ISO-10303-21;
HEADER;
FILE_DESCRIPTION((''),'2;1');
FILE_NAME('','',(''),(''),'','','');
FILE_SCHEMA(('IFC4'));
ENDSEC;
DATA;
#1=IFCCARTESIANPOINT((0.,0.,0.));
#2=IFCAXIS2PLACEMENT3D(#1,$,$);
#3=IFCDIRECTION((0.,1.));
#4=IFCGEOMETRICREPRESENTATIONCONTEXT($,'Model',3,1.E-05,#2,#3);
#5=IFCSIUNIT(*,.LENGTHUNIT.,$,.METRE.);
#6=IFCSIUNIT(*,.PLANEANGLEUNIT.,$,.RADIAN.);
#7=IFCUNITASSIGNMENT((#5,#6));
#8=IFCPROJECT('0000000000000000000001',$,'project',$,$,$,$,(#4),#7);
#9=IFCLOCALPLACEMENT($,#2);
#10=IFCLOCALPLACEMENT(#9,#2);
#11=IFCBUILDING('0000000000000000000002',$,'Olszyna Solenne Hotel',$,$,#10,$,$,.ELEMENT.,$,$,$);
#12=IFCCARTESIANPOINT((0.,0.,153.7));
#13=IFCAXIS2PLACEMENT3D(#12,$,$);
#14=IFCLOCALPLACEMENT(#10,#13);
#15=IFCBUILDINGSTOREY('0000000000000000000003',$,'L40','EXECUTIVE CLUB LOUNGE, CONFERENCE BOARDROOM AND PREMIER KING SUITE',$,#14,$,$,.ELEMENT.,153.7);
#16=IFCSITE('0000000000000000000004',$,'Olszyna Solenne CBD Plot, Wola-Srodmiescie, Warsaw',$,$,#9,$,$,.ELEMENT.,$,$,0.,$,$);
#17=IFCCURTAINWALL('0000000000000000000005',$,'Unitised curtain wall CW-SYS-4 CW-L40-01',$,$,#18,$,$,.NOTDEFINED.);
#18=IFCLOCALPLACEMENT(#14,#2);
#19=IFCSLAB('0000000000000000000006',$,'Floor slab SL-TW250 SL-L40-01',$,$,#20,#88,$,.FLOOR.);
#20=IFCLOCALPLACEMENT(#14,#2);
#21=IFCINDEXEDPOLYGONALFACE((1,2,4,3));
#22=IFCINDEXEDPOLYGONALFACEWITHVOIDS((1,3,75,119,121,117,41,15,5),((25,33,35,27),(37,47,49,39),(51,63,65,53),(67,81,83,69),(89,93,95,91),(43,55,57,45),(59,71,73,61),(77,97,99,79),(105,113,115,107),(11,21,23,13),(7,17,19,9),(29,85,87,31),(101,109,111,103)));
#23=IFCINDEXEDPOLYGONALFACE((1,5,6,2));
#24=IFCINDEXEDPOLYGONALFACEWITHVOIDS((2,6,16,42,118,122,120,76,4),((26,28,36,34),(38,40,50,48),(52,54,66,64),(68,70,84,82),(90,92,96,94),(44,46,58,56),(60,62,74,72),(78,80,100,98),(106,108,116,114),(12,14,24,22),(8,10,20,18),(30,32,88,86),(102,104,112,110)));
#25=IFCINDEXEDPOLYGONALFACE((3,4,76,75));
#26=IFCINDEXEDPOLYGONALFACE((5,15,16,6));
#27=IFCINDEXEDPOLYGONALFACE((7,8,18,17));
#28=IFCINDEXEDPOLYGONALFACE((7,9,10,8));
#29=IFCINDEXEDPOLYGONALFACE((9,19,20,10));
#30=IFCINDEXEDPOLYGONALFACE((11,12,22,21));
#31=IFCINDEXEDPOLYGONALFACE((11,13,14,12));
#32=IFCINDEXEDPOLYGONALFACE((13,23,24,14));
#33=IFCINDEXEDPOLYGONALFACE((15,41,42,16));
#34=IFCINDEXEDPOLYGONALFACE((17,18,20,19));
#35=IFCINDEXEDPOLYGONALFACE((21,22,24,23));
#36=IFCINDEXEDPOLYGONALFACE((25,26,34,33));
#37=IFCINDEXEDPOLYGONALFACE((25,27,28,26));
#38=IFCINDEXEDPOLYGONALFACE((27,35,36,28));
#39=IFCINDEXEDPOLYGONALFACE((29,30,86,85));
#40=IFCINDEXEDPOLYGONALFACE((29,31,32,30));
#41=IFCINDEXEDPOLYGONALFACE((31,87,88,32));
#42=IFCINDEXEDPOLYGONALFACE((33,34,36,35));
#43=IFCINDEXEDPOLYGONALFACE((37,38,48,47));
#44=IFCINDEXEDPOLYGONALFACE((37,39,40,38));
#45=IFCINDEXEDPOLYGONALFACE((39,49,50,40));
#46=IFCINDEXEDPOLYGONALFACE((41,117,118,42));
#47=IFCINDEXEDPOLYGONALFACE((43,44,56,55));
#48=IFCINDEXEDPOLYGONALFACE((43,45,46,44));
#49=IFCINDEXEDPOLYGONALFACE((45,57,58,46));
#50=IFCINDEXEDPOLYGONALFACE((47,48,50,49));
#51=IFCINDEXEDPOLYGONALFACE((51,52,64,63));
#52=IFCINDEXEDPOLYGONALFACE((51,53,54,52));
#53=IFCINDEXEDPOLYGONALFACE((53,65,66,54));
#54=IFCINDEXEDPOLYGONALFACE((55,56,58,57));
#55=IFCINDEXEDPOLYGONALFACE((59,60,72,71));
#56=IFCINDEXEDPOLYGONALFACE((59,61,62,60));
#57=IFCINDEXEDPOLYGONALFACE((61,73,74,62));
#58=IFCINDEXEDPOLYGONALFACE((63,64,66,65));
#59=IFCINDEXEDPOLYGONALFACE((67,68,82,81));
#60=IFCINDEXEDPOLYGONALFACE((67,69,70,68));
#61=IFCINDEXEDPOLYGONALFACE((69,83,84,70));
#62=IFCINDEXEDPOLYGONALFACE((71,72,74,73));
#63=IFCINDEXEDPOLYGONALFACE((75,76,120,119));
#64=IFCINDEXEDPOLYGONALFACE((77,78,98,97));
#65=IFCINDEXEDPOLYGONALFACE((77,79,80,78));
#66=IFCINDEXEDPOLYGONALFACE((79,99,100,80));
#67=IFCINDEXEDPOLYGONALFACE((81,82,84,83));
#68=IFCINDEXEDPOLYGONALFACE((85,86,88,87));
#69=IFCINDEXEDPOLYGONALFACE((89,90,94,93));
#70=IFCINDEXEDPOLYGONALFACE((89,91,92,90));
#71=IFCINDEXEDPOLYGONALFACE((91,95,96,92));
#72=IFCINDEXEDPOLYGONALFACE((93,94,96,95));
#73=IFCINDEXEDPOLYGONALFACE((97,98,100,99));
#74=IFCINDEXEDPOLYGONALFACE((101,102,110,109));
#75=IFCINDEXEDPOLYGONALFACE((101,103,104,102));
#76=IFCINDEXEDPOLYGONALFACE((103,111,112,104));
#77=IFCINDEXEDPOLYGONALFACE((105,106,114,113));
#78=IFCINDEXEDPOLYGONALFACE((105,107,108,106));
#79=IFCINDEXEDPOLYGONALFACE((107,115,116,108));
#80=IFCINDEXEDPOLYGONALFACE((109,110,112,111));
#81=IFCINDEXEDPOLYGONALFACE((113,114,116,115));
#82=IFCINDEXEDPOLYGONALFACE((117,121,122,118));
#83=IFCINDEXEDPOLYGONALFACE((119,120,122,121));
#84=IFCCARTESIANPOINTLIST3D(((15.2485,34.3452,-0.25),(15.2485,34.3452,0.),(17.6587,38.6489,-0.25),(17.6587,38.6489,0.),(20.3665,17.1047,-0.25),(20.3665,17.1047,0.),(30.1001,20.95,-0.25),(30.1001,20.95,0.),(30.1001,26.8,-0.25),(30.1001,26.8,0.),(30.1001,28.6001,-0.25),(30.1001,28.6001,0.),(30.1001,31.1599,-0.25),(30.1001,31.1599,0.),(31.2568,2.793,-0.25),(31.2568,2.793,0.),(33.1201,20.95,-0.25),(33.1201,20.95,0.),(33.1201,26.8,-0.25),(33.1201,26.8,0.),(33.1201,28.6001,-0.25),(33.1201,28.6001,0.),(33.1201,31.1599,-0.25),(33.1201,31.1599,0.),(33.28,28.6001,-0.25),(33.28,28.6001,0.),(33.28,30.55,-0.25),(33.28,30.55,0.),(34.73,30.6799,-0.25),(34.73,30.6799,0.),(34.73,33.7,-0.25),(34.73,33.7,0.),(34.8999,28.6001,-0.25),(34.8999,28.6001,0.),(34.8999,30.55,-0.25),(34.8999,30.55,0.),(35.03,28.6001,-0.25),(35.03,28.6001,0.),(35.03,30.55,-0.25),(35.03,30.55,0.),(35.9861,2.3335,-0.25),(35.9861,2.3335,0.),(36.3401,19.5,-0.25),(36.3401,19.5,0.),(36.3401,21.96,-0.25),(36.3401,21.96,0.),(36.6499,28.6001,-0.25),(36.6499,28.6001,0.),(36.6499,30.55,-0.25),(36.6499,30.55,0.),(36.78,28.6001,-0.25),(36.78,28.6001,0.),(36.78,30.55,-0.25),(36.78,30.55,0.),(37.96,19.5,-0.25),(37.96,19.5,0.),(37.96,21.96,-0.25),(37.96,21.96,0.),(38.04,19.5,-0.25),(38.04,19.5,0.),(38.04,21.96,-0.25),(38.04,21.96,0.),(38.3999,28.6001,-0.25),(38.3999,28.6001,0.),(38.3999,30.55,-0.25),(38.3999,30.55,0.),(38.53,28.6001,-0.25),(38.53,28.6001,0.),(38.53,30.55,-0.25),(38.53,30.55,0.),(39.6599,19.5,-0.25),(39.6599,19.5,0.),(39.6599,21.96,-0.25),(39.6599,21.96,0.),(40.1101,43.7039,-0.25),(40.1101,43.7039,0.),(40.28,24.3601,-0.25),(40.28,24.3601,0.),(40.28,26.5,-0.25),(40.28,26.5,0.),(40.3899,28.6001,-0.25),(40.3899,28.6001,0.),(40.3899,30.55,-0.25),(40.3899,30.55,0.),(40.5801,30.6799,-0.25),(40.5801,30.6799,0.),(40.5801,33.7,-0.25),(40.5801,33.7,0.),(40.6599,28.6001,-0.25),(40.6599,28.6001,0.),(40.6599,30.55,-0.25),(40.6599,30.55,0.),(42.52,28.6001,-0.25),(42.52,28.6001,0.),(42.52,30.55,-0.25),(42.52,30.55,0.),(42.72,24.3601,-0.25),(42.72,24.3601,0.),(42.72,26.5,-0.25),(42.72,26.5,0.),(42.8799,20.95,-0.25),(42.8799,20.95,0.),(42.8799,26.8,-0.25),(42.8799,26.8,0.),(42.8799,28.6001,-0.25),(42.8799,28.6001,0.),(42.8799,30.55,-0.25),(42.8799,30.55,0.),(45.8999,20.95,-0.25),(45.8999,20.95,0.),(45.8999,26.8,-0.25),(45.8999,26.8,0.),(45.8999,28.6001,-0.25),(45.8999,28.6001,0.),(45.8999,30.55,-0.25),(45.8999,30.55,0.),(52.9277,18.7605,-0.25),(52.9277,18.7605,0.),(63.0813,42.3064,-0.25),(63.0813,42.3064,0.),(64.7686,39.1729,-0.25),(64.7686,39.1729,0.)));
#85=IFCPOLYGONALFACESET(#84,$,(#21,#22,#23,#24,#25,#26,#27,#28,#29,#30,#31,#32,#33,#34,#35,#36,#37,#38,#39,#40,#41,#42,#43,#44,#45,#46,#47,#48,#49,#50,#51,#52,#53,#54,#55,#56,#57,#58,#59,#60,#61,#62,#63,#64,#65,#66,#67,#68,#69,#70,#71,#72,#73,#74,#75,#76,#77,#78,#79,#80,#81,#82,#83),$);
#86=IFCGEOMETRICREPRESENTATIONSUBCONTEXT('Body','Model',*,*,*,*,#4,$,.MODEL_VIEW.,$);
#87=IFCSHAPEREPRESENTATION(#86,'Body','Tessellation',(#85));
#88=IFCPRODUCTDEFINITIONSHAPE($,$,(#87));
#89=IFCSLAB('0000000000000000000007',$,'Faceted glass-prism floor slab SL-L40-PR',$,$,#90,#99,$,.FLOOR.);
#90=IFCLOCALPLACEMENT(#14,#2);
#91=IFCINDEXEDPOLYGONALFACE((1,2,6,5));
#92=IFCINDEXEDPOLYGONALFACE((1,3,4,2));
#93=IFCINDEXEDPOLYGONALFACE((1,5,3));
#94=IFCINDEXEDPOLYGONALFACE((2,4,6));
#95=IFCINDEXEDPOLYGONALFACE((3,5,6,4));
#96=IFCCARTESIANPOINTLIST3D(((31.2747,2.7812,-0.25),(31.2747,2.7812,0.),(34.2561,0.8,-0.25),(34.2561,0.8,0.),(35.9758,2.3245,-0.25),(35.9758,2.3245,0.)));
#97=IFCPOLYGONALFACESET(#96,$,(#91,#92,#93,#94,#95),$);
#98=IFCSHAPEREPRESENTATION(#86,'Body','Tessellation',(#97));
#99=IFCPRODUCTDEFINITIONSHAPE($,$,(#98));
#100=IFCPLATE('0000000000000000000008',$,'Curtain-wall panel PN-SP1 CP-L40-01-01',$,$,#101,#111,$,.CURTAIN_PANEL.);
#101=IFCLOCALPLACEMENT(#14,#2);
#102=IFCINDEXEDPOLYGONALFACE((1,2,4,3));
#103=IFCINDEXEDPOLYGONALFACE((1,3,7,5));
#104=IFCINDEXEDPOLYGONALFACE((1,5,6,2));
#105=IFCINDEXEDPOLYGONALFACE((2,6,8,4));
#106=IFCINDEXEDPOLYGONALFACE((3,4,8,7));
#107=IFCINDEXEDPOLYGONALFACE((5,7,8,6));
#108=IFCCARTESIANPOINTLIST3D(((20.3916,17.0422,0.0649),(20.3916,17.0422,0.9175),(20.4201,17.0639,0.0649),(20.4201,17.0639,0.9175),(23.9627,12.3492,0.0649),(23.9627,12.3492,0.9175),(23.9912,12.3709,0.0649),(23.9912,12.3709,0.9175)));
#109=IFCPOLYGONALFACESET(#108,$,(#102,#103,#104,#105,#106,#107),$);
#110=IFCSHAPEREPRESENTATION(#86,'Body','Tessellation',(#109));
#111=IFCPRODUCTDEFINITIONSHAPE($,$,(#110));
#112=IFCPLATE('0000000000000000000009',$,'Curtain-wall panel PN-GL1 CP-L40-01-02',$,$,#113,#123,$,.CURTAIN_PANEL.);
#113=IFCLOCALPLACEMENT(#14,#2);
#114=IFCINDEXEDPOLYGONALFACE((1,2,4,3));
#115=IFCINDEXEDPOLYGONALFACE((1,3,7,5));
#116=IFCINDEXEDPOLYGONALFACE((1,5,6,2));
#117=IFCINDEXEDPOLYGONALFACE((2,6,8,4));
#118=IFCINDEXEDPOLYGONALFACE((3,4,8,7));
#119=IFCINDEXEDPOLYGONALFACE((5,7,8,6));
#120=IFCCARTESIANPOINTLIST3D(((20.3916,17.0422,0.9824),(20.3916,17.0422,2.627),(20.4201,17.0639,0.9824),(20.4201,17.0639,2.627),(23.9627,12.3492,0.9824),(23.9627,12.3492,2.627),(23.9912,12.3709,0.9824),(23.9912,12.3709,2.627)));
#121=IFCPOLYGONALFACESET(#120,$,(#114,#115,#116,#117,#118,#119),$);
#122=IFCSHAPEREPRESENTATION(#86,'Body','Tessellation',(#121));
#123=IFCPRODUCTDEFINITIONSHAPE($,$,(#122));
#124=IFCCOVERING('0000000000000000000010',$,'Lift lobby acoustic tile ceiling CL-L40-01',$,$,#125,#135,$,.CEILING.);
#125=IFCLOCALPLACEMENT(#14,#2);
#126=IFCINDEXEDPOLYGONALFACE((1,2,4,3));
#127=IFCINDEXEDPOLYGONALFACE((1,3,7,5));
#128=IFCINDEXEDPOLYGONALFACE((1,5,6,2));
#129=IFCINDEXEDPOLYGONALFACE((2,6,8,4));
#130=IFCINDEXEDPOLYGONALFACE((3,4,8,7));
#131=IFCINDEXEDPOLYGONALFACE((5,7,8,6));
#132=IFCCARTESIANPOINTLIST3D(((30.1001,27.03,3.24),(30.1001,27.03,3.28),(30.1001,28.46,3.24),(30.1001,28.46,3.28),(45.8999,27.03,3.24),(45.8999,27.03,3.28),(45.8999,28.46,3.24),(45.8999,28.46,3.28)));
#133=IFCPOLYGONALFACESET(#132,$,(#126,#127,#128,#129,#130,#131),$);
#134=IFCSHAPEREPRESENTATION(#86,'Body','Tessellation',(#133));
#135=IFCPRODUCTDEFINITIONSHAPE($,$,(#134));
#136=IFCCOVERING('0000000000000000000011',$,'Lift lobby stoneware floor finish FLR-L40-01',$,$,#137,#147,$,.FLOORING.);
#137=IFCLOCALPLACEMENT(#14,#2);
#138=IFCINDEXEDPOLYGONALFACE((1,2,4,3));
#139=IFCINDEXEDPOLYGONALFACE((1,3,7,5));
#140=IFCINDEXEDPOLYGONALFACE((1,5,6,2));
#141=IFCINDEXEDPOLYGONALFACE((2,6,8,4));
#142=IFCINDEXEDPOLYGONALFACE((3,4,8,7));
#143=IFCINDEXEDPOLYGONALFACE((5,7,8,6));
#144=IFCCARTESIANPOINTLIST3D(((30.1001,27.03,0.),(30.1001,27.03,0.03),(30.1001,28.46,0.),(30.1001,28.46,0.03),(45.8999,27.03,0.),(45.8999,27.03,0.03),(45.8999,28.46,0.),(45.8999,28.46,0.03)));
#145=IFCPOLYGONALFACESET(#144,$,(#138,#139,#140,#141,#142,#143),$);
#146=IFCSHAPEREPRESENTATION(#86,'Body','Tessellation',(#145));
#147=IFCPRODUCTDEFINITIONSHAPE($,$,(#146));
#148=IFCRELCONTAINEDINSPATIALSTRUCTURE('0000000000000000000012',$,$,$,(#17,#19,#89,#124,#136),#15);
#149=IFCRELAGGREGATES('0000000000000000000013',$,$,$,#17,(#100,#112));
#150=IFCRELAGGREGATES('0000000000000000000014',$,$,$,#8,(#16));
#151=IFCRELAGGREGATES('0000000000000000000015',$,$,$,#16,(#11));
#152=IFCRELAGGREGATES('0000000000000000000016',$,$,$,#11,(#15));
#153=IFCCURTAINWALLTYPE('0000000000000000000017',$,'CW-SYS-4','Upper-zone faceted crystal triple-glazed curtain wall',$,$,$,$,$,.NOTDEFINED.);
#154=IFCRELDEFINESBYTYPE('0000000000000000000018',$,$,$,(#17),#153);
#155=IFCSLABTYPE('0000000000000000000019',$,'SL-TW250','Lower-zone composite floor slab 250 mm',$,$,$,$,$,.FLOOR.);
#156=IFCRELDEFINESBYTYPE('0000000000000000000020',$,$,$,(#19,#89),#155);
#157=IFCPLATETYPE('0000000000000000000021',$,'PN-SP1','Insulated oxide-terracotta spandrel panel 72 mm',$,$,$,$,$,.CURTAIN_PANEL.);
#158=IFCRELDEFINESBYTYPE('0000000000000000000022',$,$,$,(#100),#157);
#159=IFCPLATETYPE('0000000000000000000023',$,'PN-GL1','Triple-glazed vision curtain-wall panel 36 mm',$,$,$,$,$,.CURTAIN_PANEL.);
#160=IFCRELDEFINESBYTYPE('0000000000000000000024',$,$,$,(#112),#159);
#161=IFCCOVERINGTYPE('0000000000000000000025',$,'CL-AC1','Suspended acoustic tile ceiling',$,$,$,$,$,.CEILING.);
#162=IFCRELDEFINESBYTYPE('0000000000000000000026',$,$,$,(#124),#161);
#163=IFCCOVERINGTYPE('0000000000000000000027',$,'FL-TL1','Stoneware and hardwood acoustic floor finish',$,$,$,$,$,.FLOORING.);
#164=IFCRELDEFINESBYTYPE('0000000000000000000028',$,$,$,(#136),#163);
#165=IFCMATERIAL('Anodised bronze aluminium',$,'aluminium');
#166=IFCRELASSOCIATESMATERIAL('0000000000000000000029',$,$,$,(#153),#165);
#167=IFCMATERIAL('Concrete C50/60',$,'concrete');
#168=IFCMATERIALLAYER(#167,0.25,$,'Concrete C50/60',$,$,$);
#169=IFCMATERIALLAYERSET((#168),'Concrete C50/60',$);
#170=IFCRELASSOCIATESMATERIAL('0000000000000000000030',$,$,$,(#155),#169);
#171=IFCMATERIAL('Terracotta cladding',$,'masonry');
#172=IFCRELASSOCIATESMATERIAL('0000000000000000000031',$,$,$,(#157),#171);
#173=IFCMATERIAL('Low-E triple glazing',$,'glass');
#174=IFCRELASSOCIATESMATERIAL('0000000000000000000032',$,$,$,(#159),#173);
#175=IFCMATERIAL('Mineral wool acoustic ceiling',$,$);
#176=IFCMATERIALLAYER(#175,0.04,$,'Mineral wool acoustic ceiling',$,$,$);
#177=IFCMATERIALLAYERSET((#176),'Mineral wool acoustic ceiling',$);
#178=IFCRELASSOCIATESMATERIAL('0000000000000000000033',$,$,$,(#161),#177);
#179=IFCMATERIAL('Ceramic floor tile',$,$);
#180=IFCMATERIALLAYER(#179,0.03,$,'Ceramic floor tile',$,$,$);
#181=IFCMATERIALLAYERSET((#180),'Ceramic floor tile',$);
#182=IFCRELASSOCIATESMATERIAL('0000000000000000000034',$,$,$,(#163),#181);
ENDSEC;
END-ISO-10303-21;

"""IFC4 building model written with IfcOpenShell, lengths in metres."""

from ifc_helpers import new_model, si_unit, direction, frame, origin, origin_2d, place, context, subcontext, project, spatial, polyline, rectangle, outline, extrude, source, transform, mapped, material, layer, layer_set, type_object, element, aggregate, save


model = new_model("IFC4")

# Units and contexts
model_context = context("Model", 3, precision=1e-05, world=origin(), true_north=direction((0.0, 1.0)))
body_context = subcontext(model_context, "Body", "Model", "MODEL_VIEW")
ifc_project = project(units=[si_unit("LENGTHUNIT", "METRE"), si_unit("PLANEANGLEUNIT", "RADIAN")], contexts=[model_context])

# Site, building, storey
site_placement = place(None, origin())
site = spatial("IfcSite", under=ifc_project, at=site_placement, Name="Olszyna Solenne CBD Plot, Wola-Srodmiescie, Warsaw", CompositionType="ELEMENT", RefElevation=0.0)
building_placement = place(site_placement, origin())
building = spatial("IfcBuilding", under=site, at=building_placement, Name="Olszyna Solenne Hotel", CompositionType="ELEMENT")
storey_placement = place(building_placement, frame((0.0, 0.0, 153.7)))
storey = spatial("IfcBuildingStorey", under=building, at=storey_placement, Name="L40", Description="EXECUTIVE CLUB LOUNGE, CONFERENCE BOARDROOM AND PREMIER KING SUITE", CompositionType="ELEMENT", Elevation=153.7)

# Curtain wall
ifc_material_1 = material(Name="Anodised bronze aluminium", Category="aluminium")
curtain_wall_type = type_object("IfcCurtainWallType", Name="CW-SYS-4", Description="Upper-zone faceted crystal triple-glazed curtain wall", PredefinedType="NOTDEFINED", material=ifc_material_1)
curtain_wall_placement = place(storey_placement, origin())
curtain_wall = element("IfcCurtainWall", 1, at=curtain_wall_placement, inside=storey, type_object=curtain_wall_type, Name="Unitised curtain wall CW-SYS-4 CW-L40-01", PredefinedType="NOTDEFINED")

# Slabs
ifc_material_2 = material(Name="Concrete C50/60", Category="concrete")
ifc_layer_1 = layer(ifc_material_2, 0.25, Name="Concrete C50/60")
ifc_layer_set_1 = layer_set([ifc_layer_1], Name="Concrete C50/60")
slab_type_1 = type_object("IfcSlabType", Name="SL-TW250", Description="Lower-zone composite floor slab 250 mm", PredefinedType="FLOOR", material=ifc_layer_set_1)
slab_1_placement = place(storey_placement, frame((0.0, 0.0, -0.25)))
element("IfcSlab", 2, at=slab_1_placement, inside=storey, type_object=slab_type_1, Name="Floor slab SL-TW250 SL-L40-01", PredefinedType="FLOOR", context=body_context, shape_type="SweptSolid", body=[
    extrude(outline(polyline([(64.7686, 39.1729), (63.0813, 42.3064), (40.1101, 43.7039), (17.6587, 38.6489), (15.2485, 34.3452), (20.3665, 17.1047), (31.2568, 2.793), (35.9861, 2.3335), (52.9277, 18.7605), (64.7686, 39.1729)]), holes=[polyline([(30.1001, 20.95), (33.1201, 20.95), (33.1201, 26.8), (30.1001, 26.8), (30.1001, 20.95)]), polyline([(42.8799, 20.95), (45.8999, 20.95), (45.8999, 26.8), (42.8799, 26.8), (42.8799, 20.95)]), polyline([(34.73, 30.6799), (40.5801, 30.6799), (40.5801, 33.7), (34.73, 33.7), (34.73, 30.6799)]), polyline([(36.3401, 19.5), (37.96, 19.5), (37.96, 21.96), (36.3401, 21.96), (36.3401, 19.5)]), polyline([(38.04, 19.5), (39.6599, 19.5), (39.6599, 21.96), (38.04, 21.96), (38.04, 19.5)]), polyline([(30.1001, 28.6001), (33.1201, 28.6001), (33.1201, 31.1599), (30.1001, 31.1599), (30.1001, 28.6001)]), polyline([(40.28, 24.3601), (42.72, 24.3601), (42.72, 26.5), (40.28, 26.5), (40.28, 24.3601)]), polyline([(33.28, 28.6001), (34.8999, 28.6001), (34.8999, 30.55), (33.28, 30.55), (33.28, 28.6001)]), polyline([(35.03, 28.6001), (36.6499, 28.6001), (36.6499, 30.55), (35.03, 30.55), (35.03, 28.6001)]), polyline([(36.78, 28.6001), (38.3999, 28.6001), (38.3999, 30.55), (36.78, 30.55), (36.78, 28.6001)]), polyline([(38.53, 28.6001), (40.3899, 28.6001), (40.3899, 30.55), (38.53, 30.55), (38.53, 28.6001)]), polyline([(40.6599, 28.6001), (42.52, 28.6001), (42.52, 30.55), (40.6599, 30.55), (40.6599, 28.6001)]), polyline([(42.8799, 28.6001), (45.8999, 28.6001), (45.8999, 30.55), (42.8799, 30.55), (42.8799, 28.6001)])]), origin(), (0.0, 0.0, 1.0), 0.25),
])
slab_2_placement = place(storey_placement, frame((0.0, 0.0, -0.25)))
element("IfcSlab", 3, at=slab_2_placement, inside=storey, type_object=slab_type_1, Name="Faceted glass-prism floor slab SL-L40-PR", PredefinedType="FLOOR", context=body_context, shape_type="SweptSolid", body=[
    extrude(outline(polyline([(35.9758, 2.3245), (31.2747, 2.7812), (34.2561, 0.8), (35.9758, 2.3245)])), origin(), (0.0, 0.0, 1.0), 0.25),
])

# Plates
ifc_material_3 = material(Name="Terracotta cladding", Category="masonry")
plate_type_1 = type_object("IfcPlateType", Name="PN-SP1", Description="Insulated oxide-terracotta spandrel panel 72 mm", PredefinedType="CURTAIN_PANEL", material=ifc_material_3)
shared_shape_1 = source(origin(), body_context, "Body", "SweptSolid", [
    extrude(rectangle(XDim=5.8972, YDim=0.0359, at=origin_2d()), origin(), (0.0, 0.0, 1.0), 0.8525),
])
plate_1_placement = place(storey_placement, frame((22.1914, 14.7065, 0.0649), z_axis=(0.0, 0.0, 1.0), x_axis=(0.605559, -0.7958, 0.0)))
plate_1 = element("IfcPlate", 4, at=plate_1_placement, type_object=plate_type_1, Name="Curtain-wall panel PN-SP1 CP-L40-01-01", PredefinedType="CURTAIN_PANEL", context=body_context, shape_type="MappedRepresentation", body=[
    mapped(shared_shape_1, transform((0.0, 0.0, 0.0), x_axis=(1.0, 0.0, 0.0), y_axis=(0.0, 1.0, 0.0), z_axis=(0.0, 0.0, 1.0), scale=1.0)),
])
ifc_material_4 = material(Name="Low-E triple glazing", Category="glass")
plate_type_2 = type_object("IfcPlateType", Name="PN-GL1", Description="Triple-glazed vision curtain-wall panel 36 mm", PredefinedType="CURTAIN_PANEL", material=ifc_material_4)
shared_shape_2 = source(origin(), body_context, "Body", "SweptSolid", [
    extrude(rectangle(XDim=5.8972, YDim=0.0359, at=origin_2d()), origin(), (0.0, 0.0, 1.0), 1.6445),
])
plate_2_placement = place(storey_placement, frame((22.1914, 14.7065, 0.9824), z_axis=(0.0, 0.0, 1.0), x_axis=(0.605559, -0.7958, 0.0)))
plate_2 = element("IfcPlate", 5, at=plate_2_placement, type_object=plate_type_2, Name="Curtain-wall panel PN-GL1 CP-L40-01-02", PredefinedType="CURTAIN_PANEL", context=body_context, shape_type="MappedRepresentation", body=[
    mapped(shared_shape_2, transform((0.0, 0.0, 0.0), x_axis=(1.0, 0.0, 0.0), y_axis=(0.0, 1.0, 0.0), z_axis=(0.0, 0.0, 1.0), scale=1.0)),
])
aggregate(curtain_wall, [plate_1, plate_2])

# Coverings
ifc_material_5 = material(Name="Mineral wool acoustic ceiling")
ifc_layer_2 = layer(ifc_material_5, 0.04, Name="Mineral wool acoustic ceiling")
ifc_layer_set_2 = layer_set([ifc_layer_2], Name="Mineral wool acoustic ceiling")
covering_type_1 = type_object("IfcCoveringType", Name="CL-AC1", Description="Suspended acoustic tile ceiling", PredefinedType="CEILING", material=ifc_layer_set_2)
covering_1_placement = place(storey_placement, frame((0.0, 0.0, 3.24)))
element("IfcCovering", 6, at=covering_1_placement, inside=storey, type_object=covering_type_1, Name="Lift lobby acoustic tile ceiling CL-L40-01", PredefinedType="CEILING", context=body_context, shape_type="SweptSolid", body=[
    extrude(outline(polyline([(30.1001, 27.03), (45.8999, 27.03), (45.8999, 28.46), (30.1001, 28.46), (30.1001, 27.03)])), origin(), (0.0, 0.0, 1.0), 0.04),
])
ifc_material_6 = material(Name="Ceramic floor tile")
ifc_layer_3 = layer(ifc_material_6, 0.03, Name="Ceramic floor tile")
ifc_layer_set_3 = layer_set([ifc_layer_3], Name="Ceramic floor tile")
covering_type_2 = type_object("IfcCoveringType", Name="FL-TL1", Description="Stoneware and hardwood acoustic floor finish", PredefinedType="FLOORING", material=ifc_layer_set_3)
covering_2_placement = place(storey_placement, origin())
element("IfcCovering", 7, at=covering_2_placement, inside=storey, type_object=covering_type_2, Name="Lift lobby stoneware floor finish FLR-L40-01", PredefinedType="FLOORING", context=body_context, shape_type="SweptSolid", body=[
    extrude(outline(polyline([(30.1001, 27.03), (45.8999, 27.03), (45.8999, 28.46), (30.1001, 28.46), (30.1001, 27.03)])), origin(), (0.0, 0.0, 1.0), 0.03),
])

save(model, "model.ifc")
